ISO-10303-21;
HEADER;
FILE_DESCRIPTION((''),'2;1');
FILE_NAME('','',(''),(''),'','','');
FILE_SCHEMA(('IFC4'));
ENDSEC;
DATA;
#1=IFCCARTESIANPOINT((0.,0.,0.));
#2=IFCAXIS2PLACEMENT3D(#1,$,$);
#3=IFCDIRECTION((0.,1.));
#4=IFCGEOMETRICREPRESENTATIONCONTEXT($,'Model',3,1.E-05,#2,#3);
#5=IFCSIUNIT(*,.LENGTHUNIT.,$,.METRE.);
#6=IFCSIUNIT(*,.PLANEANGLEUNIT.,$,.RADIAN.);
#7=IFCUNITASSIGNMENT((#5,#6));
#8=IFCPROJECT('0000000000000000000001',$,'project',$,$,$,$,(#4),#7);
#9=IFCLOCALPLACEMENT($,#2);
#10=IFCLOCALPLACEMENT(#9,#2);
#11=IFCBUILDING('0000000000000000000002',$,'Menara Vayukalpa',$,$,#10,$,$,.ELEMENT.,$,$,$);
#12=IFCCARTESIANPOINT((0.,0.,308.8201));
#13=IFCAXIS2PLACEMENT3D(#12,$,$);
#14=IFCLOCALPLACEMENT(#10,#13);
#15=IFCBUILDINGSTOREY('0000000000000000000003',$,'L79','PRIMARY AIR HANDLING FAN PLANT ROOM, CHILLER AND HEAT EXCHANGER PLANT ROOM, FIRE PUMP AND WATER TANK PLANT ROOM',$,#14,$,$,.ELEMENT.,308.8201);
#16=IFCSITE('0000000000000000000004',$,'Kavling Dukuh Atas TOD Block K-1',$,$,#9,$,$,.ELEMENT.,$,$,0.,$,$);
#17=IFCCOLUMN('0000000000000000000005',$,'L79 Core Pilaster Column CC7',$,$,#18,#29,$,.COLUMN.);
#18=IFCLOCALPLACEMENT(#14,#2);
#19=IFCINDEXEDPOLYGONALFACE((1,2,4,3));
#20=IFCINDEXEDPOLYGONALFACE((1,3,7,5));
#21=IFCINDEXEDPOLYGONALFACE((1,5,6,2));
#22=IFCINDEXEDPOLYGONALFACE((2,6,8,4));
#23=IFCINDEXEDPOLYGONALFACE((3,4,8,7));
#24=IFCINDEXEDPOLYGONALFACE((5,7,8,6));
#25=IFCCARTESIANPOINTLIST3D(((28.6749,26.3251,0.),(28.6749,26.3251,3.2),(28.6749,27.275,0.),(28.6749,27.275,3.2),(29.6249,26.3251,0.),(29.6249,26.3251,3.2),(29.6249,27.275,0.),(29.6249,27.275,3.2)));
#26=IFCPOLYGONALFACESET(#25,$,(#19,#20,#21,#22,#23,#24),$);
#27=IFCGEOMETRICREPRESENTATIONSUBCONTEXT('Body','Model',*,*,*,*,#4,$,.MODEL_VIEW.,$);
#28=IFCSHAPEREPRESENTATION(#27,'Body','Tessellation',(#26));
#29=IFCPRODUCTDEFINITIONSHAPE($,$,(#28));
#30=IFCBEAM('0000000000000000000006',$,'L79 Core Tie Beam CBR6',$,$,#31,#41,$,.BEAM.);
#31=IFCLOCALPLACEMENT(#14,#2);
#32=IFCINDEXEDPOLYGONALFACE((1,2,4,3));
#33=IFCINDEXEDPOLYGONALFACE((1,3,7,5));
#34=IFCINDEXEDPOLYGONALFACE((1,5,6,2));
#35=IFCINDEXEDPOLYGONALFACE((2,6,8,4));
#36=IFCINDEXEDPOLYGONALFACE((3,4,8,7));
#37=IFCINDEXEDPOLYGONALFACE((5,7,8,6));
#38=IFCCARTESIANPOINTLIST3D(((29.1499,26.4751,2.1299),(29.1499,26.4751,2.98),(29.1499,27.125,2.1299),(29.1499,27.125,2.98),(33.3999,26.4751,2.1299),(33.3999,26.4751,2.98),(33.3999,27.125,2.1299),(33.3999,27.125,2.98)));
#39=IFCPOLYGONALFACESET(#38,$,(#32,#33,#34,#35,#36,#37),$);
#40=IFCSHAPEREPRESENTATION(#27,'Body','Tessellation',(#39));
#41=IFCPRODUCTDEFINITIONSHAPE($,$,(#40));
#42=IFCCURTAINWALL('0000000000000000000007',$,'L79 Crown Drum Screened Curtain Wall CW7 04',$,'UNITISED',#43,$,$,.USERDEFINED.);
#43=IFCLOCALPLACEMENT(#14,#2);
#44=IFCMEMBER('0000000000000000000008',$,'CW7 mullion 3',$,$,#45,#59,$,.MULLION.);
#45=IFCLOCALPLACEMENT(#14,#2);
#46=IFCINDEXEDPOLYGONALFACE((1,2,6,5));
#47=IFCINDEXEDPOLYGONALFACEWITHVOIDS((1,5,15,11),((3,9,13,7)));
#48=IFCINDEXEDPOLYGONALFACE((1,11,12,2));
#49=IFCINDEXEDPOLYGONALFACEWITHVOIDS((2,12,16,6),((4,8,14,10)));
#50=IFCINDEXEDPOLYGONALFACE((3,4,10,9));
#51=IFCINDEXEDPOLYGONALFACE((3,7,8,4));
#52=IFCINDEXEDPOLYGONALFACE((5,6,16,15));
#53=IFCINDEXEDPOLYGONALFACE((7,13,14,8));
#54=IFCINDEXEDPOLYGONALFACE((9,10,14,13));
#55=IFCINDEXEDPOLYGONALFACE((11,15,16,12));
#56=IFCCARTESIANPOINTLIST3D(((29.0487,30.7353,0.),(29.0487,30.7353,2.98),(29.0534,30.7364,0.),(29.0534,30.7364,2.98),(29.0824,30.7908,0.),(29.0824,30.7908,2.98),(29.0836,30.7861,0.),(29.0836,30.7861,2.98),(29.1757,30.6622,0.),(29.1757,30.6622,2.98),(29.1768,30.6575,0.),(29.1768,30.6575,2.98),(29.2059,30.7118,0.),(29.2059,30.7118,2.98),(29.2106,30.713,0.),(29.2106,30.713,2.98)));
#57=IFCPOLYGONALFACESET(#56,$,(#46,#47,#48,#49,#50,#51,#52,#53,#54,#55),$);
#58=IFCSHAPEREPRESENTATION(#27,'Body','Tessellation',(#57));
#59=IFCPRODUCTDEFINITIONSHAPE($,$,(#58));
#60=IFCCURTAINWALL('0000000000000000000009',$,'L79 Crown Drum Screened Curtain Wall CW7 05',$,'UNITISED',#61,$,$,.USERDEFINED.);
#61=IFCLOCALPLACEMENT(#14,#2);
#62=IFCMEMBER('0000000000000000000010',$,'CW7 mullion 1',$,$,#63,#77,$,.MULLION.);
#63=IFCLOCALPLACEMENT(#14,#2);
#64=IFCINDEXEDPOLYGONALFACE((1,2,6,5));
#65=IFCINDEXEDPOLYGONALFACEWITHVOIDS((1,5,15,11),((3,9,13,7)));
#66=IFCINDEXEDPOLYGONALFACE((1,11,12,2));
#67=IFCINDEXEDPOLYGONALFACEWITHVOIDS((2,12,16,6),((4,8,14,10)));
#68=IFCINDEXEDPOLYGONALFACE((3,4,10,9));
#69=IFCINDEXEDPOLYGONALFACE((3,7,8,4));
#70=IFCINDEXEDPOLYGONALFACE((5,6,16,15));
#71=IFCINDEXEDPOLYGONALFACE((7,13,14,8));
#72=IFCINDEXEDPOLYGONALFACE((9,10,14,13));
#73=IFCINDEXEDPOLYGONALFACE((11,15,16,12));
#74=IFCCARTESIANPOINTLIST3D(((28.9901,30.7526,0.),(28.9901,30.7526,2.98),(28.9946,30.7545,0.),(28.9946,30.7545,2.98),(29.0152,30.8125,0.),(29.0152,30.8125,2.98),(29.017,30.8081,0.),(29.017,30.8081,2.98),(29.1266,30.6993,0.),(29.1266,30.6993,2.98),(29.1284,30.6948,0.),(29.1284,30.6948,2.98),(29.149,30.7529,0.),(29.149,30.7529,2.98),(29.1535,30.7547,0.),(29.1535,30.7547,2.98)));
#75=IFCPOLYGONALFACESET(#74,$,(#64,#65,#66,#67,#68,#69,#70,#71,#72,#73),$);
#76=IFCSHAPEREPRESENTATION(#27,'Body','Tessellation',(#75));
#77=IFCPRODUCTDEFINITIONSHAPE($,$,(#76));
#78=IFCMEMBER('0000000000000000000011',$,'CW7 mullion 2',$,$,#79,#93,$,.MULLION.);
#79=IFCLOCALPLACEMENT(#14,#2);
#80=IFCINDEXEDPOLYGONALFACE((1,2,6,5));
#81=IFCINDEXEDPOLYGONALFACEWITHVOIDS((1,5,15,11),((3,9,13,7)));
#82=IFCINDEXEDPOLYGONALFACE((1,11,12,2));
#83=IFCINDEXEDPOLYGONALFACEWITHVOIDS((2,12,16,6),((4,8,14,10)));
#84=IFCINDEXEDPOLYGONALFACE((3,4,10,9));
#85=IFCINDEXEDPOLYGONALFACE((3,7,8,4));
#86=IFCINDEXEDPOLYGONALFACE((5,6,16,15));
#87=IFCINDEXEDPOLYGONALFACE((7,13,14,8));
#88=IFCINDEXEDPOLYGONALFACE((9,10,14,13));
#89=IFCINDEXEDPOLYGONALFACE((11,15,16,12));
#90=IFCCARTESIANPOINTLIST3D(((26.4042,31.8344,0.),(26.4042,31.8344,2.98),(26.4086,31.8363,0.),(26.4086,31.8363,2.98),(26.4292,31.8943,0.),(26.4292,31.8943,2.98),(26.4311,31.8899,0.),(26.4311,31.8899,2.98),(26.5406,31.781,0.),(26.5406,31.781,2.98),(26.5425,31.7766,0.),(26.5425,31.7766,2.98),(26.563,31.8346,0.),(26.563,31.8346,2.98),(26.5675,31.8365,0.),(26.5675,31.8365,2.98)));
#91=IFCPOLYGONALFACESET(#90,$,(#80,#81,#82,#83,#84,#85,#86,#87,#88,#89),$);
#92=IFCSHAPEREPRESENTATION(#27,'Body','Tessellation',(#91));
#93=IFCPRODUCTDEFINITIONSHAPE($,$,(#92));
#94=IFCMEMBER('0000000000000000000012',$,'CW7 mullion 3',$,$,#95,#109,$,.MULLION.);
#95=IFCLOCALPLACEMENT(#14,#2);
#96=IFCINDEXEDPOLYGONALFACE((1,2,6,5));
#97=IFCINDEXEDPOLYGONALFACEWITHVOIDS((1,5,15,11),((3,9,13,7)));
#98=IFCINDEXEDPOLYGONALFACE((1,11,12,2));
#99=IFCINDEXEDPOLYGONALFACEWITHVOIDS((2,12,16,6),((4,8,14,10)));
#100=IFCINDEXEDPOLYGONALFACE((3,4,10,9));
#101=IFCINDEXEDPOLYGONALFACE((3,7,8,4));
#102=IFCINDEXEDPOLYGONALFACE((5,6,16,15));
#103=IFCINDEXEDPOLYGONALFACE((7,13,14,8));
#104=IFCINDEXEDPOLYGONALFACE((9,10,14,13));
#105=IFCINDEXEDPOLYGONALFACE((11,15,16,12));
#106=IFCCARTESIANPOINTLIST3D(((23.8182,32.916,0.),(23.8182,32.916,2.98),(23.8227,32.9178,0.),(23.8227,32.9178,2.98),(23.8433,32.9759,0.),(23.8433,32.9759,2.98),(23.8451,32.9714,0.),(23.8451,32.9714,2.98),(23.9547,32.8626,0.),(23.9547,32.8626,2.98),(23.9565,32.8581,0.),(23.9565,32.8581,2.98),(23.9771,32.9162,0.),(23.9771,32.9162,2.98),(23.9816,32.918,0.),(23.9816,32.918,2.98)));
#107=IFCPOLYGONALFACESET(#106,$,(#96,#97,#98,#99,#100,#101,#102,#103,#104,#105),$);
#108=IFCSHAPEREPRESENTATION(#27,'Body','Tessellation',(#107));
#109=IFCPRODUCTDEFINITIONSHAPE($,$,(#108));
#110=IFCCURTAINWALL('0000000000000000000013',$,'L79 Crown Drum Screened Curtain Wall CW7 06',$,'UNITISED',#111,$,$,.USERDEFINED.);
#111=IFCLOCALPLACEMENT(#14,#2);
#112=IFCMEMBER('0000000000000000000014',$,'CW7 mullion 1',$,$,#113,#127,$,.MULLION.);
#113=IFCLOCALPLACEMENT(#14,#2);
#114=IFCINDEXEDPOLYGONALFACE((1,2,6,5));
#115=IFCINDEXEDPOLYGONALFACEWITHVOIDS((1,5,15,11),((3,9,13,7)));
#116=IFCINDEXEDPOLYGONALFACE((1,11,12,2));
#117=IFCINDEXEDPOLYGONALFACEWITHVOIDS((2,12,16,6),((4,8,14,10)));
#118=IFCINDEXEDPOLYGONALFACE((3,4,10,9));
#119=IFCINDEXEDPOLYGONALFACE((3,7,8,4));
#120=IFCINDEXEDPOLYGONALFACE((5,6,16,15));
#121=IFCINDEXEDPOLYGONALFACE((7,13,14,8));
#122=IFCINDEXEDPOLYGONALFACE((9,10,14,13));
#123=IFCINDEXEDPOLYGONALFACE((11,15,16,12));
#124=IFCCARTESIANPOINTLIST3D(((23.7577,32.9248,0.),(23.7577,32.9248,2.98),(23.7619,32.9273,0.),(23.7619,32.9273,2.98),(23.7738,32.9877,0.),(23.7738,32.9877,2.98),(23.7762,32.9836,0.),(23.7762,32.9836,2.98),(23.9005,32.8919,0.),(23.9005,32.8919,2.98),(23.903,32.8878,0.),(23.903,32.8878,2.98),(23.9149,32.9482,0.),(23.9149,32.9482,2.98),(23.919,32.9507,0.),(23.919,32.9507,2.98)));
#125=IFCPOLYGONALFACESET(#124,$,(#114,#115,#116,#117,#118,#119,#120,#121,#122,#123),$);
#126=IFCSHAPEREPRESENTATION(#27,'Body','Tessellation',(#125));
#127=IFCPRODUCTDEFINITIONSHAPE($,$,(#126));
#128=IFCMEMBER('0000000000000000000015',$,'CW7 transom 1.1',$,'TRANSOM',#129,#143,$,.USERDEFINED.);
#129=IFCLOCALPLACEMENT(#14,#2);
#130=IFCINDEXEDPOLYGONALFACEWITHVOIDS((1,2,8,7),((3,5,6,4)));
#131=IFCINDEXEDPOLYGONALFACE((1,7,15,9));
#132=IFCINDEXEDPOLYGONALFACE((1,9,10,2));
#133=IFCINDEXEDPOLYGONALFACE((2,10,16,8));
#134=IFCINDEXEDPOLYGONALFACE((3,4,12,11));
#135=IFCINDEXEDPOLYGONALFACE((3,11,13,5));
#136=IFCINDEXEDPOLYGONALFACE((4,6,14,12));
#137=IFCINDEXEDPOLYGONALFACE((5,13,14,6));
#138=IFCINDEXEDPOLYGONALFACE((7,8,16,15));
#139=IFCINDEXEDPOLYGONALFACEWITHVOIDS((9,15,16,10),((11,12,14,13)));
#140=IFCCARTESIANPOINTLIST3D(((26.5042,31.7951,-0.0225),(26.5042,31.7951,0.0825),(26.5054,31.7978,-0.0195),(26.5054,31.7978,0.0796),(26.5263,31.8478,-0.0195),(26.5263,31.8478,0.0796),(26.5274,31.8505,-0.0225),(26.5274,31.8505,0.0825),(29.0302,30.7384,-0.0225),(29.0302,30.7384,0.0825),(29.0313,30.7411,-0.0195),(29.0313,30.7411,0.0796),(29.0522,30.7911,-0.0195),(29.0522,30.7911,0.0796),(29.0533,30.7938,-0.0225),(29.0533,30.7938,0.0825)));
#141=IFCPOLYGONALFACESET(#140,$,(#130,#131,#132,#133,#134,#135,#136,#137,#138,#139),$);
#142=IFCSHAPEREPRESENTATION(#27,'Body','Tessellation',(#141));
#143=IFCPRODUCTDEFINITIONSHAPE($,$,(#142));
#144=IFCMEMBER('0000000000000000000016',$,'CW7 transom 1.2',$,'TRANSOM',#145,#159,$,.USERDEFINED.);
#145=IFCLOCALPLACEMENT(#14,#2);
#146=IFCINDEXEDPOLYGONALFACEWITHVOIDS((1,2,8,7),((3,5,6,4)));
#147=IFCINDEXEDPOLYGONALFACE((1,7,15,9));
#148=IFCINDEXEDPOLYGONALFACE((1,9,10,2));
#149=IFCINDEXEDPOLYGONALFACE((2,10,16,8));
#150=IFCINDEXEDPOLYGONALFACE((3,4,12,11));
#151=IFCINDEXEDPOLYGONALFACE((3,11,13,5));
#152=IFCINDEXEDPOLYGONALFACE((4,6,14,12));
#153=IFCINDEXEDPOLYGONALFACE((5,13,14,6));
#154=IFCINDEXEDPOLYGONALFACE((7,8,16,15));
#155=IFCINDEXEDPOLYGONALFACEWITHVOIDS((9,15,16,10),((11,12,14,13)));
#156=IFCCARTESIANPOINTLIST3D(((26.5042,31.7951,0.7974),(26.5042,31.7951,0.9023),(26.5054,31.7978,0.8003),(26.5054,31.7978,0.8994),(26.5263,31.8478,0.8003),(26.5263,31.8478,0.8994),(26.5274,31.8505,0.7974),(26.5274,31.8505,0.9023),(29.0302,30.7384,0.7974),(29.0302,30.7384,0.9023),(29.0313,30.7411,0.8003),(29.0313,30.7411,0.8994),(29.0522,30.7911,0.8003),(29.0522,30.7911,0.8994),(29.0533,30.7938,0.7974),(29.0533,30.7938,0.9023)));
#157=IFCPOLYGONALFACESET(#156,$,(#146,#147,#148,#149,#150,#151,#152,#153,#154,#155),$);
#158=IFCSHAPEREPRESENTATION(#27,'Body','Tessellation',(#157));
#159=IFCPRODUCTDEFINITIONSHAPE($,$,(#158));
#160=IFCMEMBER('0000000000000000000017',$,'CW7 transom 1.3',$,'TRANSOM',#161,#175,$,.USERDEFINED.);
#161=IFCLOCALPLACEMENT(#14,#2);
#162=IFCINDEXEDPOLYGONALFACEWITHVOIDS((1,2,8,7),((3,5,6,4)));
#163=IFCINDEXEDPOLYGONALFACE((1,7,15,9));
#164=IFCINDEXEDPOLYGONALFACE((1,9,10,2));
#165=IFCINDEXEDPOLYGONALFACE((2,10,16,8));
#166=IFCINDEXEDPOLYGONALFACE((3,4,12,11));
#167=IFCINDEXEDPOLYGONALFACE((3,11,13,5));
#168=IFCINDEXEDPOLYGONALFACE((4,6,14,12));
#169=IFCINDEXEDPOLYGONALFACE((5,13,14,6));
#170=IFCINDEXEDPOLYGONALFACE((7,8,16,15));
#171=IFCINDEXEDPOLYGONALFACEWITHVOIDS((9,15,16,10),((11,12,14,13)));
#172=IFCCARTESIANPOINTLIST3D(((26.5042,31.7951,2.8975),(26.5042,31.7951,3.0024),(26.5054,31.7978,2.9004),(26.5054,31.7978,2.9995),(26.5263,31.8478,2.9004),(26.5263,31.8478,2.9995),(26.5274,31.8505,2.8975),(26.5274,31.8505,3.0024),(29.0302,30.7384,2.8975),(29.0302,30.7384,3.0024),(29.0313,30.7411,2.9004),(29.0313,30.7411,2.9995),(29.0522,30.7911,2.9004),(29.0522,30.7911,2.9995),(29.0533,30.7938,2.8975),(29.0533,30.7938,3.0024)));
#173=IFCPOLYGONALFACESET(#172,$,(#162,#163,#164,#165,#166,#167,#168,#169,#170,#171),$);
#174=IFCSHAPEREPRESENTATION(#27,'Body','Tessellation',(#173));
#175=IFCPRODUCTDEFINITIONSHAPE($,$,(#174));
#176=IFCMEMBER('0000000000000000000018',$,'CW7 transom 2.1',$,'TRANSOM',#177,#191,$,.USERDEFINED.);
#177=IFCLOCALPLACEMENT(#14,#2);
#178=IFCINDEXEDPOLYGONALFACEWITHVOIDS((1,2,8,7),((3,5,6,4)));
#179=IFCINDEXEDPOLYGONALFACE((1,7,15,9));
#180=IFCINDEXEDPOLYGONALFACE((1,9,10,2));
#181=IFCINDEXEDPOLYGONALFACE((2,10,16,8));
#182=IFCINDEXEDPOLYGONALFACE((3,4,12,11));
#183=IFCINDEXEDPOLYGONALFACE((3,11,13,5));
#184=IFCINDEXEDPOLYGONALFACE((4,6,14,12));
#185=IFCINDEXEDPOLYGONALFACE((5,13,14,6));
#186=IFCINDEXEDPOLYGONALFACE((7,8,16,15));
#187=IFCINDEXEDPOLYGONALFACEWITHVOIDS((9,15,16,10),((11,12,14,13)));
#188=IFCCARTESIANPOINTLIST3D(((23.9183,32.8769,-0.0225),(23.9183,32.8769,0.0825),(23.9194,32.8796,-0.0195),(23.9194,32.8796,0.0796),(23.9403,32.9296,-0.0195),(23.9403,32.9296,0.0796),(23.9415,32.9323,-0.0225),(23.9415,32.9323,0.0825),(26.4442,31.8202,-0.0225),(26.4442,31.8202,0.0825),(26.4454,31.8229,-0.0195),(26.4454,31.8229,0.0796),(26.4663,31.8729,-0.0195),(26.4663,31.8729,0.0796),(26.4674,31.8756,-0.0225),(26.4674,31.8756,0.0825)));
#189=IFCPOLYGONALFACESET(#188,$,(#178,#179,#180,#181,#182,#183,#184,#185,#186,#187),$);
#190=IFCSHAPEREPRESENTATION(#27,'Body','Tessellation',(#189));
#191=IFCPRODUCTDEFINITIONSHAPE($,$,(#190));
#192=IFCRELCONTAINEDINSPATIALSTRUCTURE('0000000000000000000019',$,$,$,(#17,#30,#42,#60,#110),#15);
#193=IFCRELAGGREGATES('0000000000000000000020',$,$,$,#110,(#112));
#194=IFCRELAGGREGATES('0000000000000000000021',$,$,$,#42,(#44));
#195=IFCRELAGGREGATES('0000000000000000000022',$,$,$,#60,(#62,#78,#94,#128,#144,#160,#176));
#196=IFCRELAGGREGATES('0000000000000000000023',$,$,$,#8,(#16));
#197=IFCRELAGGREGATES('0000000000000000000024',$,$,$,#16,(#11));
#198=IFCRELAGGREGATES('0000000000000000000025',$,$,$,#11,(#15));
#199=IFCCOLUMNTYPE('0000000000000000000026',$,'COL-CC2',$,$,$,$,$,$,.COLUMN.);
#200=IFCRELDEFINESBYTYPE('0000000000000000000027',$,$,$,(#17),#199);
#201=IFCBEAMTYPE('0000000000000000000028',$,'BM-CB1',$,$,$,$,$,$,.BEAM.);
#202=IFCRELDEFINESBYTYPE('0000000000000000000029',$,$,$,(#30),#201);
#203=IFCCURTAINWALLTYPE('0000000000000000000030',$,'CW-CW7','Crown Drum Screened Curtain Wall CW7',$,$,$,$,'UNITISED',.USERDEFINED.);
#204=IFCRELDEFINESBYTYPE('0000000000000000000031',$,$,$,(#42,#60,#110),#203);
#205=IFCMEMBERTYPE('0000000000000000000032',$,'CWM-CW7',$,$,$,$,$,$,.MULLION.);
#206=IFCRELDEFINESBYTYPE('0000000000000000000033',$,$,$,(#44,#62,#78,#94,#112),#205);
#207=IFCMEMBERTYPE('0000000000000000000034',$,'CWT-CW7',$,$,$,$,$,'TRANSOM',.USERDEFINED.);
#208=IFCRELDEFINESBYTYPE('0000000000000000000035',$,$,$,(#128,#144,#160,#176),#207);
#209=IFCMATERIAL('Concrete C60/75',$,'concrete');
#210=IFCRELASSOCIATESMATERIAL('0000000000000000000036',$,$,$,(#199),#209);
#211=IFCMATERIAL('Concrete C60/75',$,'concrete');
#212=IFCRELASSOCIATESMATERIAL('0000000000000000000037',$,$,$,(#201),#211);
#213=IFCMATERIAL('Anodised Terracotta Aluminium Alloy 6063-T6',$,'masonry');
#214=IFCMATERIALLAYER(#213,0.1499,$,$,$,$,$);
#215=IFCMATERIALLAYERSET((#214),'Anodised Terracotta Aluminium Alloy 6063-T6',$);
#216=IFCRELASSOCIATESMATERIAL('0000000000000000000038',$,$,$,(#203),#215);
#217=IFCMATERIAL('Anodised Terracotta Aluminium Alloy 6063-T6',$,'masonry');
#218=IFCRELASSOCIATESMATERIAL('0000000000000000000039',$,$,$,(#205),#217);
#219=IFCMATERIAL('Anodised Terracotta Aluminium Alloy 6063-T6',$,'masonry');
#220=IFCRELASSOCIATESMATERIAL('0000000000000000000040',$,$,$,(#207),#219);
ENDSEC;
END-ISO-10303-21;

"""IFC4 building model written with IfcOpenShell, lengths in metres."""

from ifc_helpers import new_model, si_unit, direction, frame, origin, origin_2d, place, context, subcontext, project, spatial, rectangle, hollow_rectangle, extrude, material, layer, layer_set, material_profile, profile_set, type_object, element, aggregate, save


model = new_model("IFC4")

# Units and contexts
model_context = context("Model", 3, precision=1e-05, world=origin(), true_north=direction((0.0, 1.0)))
body_context = subcontext(model_context, "Body", "Model", "MODEL_VIEW")
ifc_project = project(units=[si_unit("LENGTHUNIT", "METRE"), si_unit("PLANEANGLEUNIT", "RADIAN")], contexts=[model_context])

# Site, building, storey
site_placement = place(None, origin())
site = spatial("IfcSite", under=ifc_project, at=site_placement, Name="Kavling Dukuh Atas TOD Block K-1", CompositionType="ELEMENT", RefElevation=0.0)
building_placement = place(site_placement, origin())
building = spatial("IfcBuilding", under=site, at=building_placement, Name="Menara Vayukalpa", CompositionType="ELEMENT")
storey_placement = place(building_placement, frame((0.0, 0.0, 308.8201)))
storey = spatial("IfcBuildingStorey", under=building, at=storey_placement, Name="L79", Description="PRIMARY AIR HANDLING FAN PLANT ROOM, CHILLER AND HEAT EXCHANGER PLANT ROOM, FIRE PUMP AND WATER TANK PLANT ROOM", CompositionType="ELEMENT", Elevation=308.8201)

# Column
ifc_material_1 = material(Name="Concrete C60/75", Category="concrete")
ifc_material_profile_1 = material_profile(ifc_material_1, rectangle(XDim=0.95, YDim=0.95, at=origin_2d()), Name="RC 950x950")
ifc_profile_set_1 = profile_set([ifc_material_profile_1], Name="Concrete C60/75")
column_type = type_object("IfcColumnType", Name="COL-CC2", PredefinedType="COLUMN", material=ifc_profile_set_1)
column_placement = place(storey_placement, frame((29.1499, 26.8, 0.0), z_axis=(0.0, 0.0, 1.0), x_axis=(1.0, 0.0, 0.0)))
element("IfcColumn", 1, at=column_placement, inside=storey, type_object=column_type, Name="L79 Core Pilaster Column CC7", PredefinedType="COLUMN", context=body_context, shape_type="SweptSolid", body=[
    extrude(rectangle(XDim=0.95, YDim=0.95, at=origin_2d()), origin(), (0.0, 0.0, 1.0), 3.2),
])

# Beam
ifc_material_2 = material(Name="Concrete C60/75", Category="concrete")
ifc_material_profile_2 = material_profile(ifc_material_2, rectangle(XDim=0.6499, YDim=0.8501, at=origin_2d()), Name="RC 650x850")
ifc_profile_set_2 = profile_set([ifc_material_profile_2], Name="Concrete C60/75")
beam_type = type_object("IfcBeamType", Name="BM-CB1", PredefinedType="BEAM", material=ifc_profile_set_2)
beam_placement = place(storey_placement, frame((29.1499, 26.8, 2.5549), z_axis=(1.0, 0.0, 0.0), x_axis=(0.0, 1.0, 0.0)))
element("IfcBeam", 2, at=beam_placement, inside=storey, type_object=beam_type, Name="L79 Core Tie Beam CBR6", PredefinedType="BEAM", context=body_context, shape_type="SweptSolid", body=[
    extrude(rectangle(XDim=0.6499, YDim=0.8501, at=origin_2d()), origin(), (0.0, 0.0, 1.0), 4.25),
])

# Curtain wall, member
ifc_material_3 = material(Name="Anodised Terracotta Aluminium Alloy 6063-T6", Category="masonry")
ifc_layer_1 = layer(ifc_material_3, 0.1499)
ifc_layer_set_1 = layer_set([ifc_layer_1], Name="Anodised Terracotta Aluminium Alloy 6063-T6")
curtain_wall_type = type_object("IfcCurtainWallType", Name="CW-CW7", Description="Crown Drum Screened Curtain Wall CW7", ElementType="UNITISED", PredefinedType="USERDEFINED", material=ifc_layer_set_1)
curtain_wall_1_placement = place(storey_placement, origin())
curtain_wall_1 = element("IfcCurtainWall", 3, at=curtain_wall_1_placement, inside=storey, type_object=curtain_wall_type, Name="L79 Crown Drum Screened Curtain Wall CW7 04", ObjectType="UNITISED", PredefinedType="USERDEFINED")
ifc_material_4 = material(Name="Anodised Terracotta Aluminium Alloy 6063-T6", Category="masonry")
ifc_material_profile_3 = material_profile(ifc_material_4, hollow_rectangle(XDim=0.0649, YDim=0.1499, WallThickness=0.0034, at=origin_2d()), Name="ALU 65x150x3.5")
ifc_profile_set_3 = profile_set([ifc_material_profile_3], Name="Anodised Terracotta Aluminium Alloy 6063-T6")
member_type_1 = type_object("IfcMemberType", Name="CWM-CW7", PredefinedType="MULLION", material=ifc_profile_set_3)
member_1_placement = place(storey_placement, frame((29.1296, 30.7241, 0.0), z_axis=(0.0, 0.0, 1.0), x_axis=(-0.519176, -0.854667, 0.0)))
member_1 = element("IfcMember", 4, at=member_1_placement, type_object=member_type_1, Name="CW7 mullion 3", PredefinedType="MULLION", context=body_context, shape_type="SweptSolid", body=[
    extrude(hollow_rectangle(XDim=0.0649, YDim=0.1499, WallThickness=0.0034, at=origin_2d()), origin(), (0.0, 0.0, 1.0), 2.98),
])

# Curtain wall, members
curtain_wall_2_placement = place(storey_placement, origin())
curtain_wall_2 = element("IfcCurtainWall", 5, at=curtain_wall_2_placement, inside=storey, type_object=curtain_wall_type, Name="L79 Crown Drum Screened Curtain Wall CW7 05", ObjectType="UNITISED", PredefinedType="USERDEFINED")
member_2_placement = place(storey_placement, frame((29.0718, 30.7537, 0.0), z_axis=(0.0, 0.0, 1.0), x_axis=(-0.385898, -0.922541, 0.0)))
member_2 = element("IfcMember", 6, at=member_2_placement, type_object=member_type_1, Name="CW7 mullion 1", PredefinedType="MULLION", context=body_context, shape_type="SweptSolid", body=[
    extrude(hollow_rectangle(XDim=0.0649, YDim=0.1499, WallThickness=0.0034, at=origin_2d()), origin(), (0.0, 0.0, 1.0), 2.98),
])
member_3_placement = place(storey_placement, frame((26.4858, 31.8354, 0.0), z_axis=(0.0, 0.0, 1.0), x_axis=(-0.385898, -0.922541, 0.0)))
member_3 = element("IfcMember", 7, at=member_3_placement, type_object=member_type_1, Name="CW7 mullion 2", PredefinedType="MULLION", context=body_context, shape_type="SweptSolid", body=[
    extrude(hollow_rectangle(XDim=0.0649, YDim=0.1499, WallThickness=0.0034, at=origin_2d()), origin(), (0.0, 0.0, 1.0), 2.98),
])
member_4_placement = place(storey_placement, frame((23.8999, 32.917, 0.0), z_axis=(0.0, 0.0, 1.0), x_axis=(-0.385898, -0.922541, 0.0)))
member_4 = element("IfcMember", 8, at=member_4_placement, type_object=member_type_1, Name="CW7 mullion 3", PredefinedType="MULLION", context=body_context, shape_type="SweptSolid", body=[
    extrude(hollow_rectangle(XDim=0.0649, YDim=0.1499, WallThickness=0.0034, at=origin_2d()), origin(), (0.0, 0.0, 1.0), 2.98),
])

# Curtain wall, member
curtain_wall_3_placement = place(storey_placement, origin())
curtain_wall_3 = element("IfcCurtainWall", 9, at=curtain_wall_3_placement, inside=storey, type_object=curtain_wall_type, Name="L79 Crown Drum Screened Curtain Wall CW7 06", ObjectType="UNITISED", PredefinedType="USERDEFINED")
member_5_placement = place(storey_placement, frame((23.8384, 32.9377, 0.0), z_axis=(0.0, 0.0, 1.0), x_axis=(-0.247124, -0.968984, 0.0)))
member_5 = element("IfcMember", 10, at=member_5_placement, type_object=member_type_1, Name="CW7 mullion 1", PredefinedType="MULLION", context=body_context, shape_type="SweptSolid", body=[
    extrude(hollow_rectangle(XDim=0.0649, YDim=0.1499, WallThickness=0.0034, at=origin_2d()), origin(), (0.0, 0.0, 1.0), 2.98),
])

# Members
ifc_material_5 = material(Name="Anodised Terracotta Aluminium Alloy 6063-T6", Category="masonry")
ifc_material_profile_4 = material_profile(ifc_material_5, hollow_rectangle(XDim=0.0601, YDim=0.105, WallThickness=0.0029, at=origin_2d()), Name="ALU 60x105x3")
ifc_profile_set_4 = profile_set([ifc_material_profile_4], Name="Anodised Terracotta Aluminium Alloy 6063-T6")
member_type_2 = type_object("IfcMemberType", Name="CWT-CW7", ElementType="TRANSOM", PredefinedType="USERDEFINED", material=ifc_profile_set_4)
member_6_placement = place(storey_placement, frame((29.0417, 30.7661, 0.03), z_axis=(-0.922533, 0.385919, 0.0), x_axis=(-0.385919, -0.922533, 0.0)))
member_6 = element("IfcMember", 11, at=member_6_placement, type_object=member_type_2, Name="CW7 transom 1.1", ObjectType="TRANSOM", PredefinedType="USERDEFINED", context=body_context, shape_type="SweptSolid", body=[
    extrude(hollow_rectangle(XDim=0.0601, YDim=0.105, WallThickness=0.0029, at=origin_2d()), origin(), (0.0, 0.0, 1.0), 2.738),
])
member_7_placement = place(storey_placement, frame((29.0417, 30.7661, 0.8499), z_axis=(-0.922533, 0.385919, 0.0), x_axis=(-0.385919, -0.922533, 0.0)))
member_7 = element("IfcMember", 12, at=member_7_placement, type_object=member_type_2, Name="CW7 transom 1.2", ObjectType="TRANSOM", PredefinedType="USERDEFINED", context=body_context, shape_type="SweptSolid", body=[
    extrude(hollow_rectangle(XDim=0.0601, YDim=0.105, WallThickness=0.0029, at=origin_2d()), origin(), (0.0, 0.0, 1.0), 2.738),
])
member_8_placement = place(storey_placement, frame((29.0417, 30.7661, 2.95), z_axis=(-0.922533, 0.385919, 0.0), x_axis=(-0.385919, -0.922533, 0.0)))
member_8 = element("IfcMember", 13, at=member_8_placement, type_object=member_type_2, Name="CW7 transom 1.3", ObjectType="TRANSOM", PredefinedType="USERDEFINED", context=body_context, shape_type="SweptSolid", body=[
    extrude(hollow_rectangle(XDim=0.0601, YDim=0.105, WallThickness=0.0029, at=origin_2d()), origin(), (0.0, 0.0, 1.0), 2.738),
])
member_9_placement = place(storey_placement, frame((26.4558, 31.8479, 0.03), z_axis=(-0.922533, 0.385919, 0.0), x_axis=(-0.385919, -0.922533, 0.0)))
member_9 = element("IfcMember", 14, at=member_9_placement, type_object=member_type_2, Name="CW7 transom 2.1", ObjectType="TRANSOM", PredefinedType="USERDEFINED", context=body_context, shape_type="SweptSolid", body=[
    extrude(hollow_rectangle(XDim=0.0601, YDim=0.105, WallThickness=0.0029, at=origin_2d()), origin(), (0.0, 0.0, 1.0), 2.738),
])
aggregate(curtain_wall_3, [member_5])

aggregate(curtain_wall_1, [member_1])
aggregate(curtain_wall_2, [member_2, member_3, member_4, member_6, member_7, member_8, member_9])

save(model, "model.ifc")
